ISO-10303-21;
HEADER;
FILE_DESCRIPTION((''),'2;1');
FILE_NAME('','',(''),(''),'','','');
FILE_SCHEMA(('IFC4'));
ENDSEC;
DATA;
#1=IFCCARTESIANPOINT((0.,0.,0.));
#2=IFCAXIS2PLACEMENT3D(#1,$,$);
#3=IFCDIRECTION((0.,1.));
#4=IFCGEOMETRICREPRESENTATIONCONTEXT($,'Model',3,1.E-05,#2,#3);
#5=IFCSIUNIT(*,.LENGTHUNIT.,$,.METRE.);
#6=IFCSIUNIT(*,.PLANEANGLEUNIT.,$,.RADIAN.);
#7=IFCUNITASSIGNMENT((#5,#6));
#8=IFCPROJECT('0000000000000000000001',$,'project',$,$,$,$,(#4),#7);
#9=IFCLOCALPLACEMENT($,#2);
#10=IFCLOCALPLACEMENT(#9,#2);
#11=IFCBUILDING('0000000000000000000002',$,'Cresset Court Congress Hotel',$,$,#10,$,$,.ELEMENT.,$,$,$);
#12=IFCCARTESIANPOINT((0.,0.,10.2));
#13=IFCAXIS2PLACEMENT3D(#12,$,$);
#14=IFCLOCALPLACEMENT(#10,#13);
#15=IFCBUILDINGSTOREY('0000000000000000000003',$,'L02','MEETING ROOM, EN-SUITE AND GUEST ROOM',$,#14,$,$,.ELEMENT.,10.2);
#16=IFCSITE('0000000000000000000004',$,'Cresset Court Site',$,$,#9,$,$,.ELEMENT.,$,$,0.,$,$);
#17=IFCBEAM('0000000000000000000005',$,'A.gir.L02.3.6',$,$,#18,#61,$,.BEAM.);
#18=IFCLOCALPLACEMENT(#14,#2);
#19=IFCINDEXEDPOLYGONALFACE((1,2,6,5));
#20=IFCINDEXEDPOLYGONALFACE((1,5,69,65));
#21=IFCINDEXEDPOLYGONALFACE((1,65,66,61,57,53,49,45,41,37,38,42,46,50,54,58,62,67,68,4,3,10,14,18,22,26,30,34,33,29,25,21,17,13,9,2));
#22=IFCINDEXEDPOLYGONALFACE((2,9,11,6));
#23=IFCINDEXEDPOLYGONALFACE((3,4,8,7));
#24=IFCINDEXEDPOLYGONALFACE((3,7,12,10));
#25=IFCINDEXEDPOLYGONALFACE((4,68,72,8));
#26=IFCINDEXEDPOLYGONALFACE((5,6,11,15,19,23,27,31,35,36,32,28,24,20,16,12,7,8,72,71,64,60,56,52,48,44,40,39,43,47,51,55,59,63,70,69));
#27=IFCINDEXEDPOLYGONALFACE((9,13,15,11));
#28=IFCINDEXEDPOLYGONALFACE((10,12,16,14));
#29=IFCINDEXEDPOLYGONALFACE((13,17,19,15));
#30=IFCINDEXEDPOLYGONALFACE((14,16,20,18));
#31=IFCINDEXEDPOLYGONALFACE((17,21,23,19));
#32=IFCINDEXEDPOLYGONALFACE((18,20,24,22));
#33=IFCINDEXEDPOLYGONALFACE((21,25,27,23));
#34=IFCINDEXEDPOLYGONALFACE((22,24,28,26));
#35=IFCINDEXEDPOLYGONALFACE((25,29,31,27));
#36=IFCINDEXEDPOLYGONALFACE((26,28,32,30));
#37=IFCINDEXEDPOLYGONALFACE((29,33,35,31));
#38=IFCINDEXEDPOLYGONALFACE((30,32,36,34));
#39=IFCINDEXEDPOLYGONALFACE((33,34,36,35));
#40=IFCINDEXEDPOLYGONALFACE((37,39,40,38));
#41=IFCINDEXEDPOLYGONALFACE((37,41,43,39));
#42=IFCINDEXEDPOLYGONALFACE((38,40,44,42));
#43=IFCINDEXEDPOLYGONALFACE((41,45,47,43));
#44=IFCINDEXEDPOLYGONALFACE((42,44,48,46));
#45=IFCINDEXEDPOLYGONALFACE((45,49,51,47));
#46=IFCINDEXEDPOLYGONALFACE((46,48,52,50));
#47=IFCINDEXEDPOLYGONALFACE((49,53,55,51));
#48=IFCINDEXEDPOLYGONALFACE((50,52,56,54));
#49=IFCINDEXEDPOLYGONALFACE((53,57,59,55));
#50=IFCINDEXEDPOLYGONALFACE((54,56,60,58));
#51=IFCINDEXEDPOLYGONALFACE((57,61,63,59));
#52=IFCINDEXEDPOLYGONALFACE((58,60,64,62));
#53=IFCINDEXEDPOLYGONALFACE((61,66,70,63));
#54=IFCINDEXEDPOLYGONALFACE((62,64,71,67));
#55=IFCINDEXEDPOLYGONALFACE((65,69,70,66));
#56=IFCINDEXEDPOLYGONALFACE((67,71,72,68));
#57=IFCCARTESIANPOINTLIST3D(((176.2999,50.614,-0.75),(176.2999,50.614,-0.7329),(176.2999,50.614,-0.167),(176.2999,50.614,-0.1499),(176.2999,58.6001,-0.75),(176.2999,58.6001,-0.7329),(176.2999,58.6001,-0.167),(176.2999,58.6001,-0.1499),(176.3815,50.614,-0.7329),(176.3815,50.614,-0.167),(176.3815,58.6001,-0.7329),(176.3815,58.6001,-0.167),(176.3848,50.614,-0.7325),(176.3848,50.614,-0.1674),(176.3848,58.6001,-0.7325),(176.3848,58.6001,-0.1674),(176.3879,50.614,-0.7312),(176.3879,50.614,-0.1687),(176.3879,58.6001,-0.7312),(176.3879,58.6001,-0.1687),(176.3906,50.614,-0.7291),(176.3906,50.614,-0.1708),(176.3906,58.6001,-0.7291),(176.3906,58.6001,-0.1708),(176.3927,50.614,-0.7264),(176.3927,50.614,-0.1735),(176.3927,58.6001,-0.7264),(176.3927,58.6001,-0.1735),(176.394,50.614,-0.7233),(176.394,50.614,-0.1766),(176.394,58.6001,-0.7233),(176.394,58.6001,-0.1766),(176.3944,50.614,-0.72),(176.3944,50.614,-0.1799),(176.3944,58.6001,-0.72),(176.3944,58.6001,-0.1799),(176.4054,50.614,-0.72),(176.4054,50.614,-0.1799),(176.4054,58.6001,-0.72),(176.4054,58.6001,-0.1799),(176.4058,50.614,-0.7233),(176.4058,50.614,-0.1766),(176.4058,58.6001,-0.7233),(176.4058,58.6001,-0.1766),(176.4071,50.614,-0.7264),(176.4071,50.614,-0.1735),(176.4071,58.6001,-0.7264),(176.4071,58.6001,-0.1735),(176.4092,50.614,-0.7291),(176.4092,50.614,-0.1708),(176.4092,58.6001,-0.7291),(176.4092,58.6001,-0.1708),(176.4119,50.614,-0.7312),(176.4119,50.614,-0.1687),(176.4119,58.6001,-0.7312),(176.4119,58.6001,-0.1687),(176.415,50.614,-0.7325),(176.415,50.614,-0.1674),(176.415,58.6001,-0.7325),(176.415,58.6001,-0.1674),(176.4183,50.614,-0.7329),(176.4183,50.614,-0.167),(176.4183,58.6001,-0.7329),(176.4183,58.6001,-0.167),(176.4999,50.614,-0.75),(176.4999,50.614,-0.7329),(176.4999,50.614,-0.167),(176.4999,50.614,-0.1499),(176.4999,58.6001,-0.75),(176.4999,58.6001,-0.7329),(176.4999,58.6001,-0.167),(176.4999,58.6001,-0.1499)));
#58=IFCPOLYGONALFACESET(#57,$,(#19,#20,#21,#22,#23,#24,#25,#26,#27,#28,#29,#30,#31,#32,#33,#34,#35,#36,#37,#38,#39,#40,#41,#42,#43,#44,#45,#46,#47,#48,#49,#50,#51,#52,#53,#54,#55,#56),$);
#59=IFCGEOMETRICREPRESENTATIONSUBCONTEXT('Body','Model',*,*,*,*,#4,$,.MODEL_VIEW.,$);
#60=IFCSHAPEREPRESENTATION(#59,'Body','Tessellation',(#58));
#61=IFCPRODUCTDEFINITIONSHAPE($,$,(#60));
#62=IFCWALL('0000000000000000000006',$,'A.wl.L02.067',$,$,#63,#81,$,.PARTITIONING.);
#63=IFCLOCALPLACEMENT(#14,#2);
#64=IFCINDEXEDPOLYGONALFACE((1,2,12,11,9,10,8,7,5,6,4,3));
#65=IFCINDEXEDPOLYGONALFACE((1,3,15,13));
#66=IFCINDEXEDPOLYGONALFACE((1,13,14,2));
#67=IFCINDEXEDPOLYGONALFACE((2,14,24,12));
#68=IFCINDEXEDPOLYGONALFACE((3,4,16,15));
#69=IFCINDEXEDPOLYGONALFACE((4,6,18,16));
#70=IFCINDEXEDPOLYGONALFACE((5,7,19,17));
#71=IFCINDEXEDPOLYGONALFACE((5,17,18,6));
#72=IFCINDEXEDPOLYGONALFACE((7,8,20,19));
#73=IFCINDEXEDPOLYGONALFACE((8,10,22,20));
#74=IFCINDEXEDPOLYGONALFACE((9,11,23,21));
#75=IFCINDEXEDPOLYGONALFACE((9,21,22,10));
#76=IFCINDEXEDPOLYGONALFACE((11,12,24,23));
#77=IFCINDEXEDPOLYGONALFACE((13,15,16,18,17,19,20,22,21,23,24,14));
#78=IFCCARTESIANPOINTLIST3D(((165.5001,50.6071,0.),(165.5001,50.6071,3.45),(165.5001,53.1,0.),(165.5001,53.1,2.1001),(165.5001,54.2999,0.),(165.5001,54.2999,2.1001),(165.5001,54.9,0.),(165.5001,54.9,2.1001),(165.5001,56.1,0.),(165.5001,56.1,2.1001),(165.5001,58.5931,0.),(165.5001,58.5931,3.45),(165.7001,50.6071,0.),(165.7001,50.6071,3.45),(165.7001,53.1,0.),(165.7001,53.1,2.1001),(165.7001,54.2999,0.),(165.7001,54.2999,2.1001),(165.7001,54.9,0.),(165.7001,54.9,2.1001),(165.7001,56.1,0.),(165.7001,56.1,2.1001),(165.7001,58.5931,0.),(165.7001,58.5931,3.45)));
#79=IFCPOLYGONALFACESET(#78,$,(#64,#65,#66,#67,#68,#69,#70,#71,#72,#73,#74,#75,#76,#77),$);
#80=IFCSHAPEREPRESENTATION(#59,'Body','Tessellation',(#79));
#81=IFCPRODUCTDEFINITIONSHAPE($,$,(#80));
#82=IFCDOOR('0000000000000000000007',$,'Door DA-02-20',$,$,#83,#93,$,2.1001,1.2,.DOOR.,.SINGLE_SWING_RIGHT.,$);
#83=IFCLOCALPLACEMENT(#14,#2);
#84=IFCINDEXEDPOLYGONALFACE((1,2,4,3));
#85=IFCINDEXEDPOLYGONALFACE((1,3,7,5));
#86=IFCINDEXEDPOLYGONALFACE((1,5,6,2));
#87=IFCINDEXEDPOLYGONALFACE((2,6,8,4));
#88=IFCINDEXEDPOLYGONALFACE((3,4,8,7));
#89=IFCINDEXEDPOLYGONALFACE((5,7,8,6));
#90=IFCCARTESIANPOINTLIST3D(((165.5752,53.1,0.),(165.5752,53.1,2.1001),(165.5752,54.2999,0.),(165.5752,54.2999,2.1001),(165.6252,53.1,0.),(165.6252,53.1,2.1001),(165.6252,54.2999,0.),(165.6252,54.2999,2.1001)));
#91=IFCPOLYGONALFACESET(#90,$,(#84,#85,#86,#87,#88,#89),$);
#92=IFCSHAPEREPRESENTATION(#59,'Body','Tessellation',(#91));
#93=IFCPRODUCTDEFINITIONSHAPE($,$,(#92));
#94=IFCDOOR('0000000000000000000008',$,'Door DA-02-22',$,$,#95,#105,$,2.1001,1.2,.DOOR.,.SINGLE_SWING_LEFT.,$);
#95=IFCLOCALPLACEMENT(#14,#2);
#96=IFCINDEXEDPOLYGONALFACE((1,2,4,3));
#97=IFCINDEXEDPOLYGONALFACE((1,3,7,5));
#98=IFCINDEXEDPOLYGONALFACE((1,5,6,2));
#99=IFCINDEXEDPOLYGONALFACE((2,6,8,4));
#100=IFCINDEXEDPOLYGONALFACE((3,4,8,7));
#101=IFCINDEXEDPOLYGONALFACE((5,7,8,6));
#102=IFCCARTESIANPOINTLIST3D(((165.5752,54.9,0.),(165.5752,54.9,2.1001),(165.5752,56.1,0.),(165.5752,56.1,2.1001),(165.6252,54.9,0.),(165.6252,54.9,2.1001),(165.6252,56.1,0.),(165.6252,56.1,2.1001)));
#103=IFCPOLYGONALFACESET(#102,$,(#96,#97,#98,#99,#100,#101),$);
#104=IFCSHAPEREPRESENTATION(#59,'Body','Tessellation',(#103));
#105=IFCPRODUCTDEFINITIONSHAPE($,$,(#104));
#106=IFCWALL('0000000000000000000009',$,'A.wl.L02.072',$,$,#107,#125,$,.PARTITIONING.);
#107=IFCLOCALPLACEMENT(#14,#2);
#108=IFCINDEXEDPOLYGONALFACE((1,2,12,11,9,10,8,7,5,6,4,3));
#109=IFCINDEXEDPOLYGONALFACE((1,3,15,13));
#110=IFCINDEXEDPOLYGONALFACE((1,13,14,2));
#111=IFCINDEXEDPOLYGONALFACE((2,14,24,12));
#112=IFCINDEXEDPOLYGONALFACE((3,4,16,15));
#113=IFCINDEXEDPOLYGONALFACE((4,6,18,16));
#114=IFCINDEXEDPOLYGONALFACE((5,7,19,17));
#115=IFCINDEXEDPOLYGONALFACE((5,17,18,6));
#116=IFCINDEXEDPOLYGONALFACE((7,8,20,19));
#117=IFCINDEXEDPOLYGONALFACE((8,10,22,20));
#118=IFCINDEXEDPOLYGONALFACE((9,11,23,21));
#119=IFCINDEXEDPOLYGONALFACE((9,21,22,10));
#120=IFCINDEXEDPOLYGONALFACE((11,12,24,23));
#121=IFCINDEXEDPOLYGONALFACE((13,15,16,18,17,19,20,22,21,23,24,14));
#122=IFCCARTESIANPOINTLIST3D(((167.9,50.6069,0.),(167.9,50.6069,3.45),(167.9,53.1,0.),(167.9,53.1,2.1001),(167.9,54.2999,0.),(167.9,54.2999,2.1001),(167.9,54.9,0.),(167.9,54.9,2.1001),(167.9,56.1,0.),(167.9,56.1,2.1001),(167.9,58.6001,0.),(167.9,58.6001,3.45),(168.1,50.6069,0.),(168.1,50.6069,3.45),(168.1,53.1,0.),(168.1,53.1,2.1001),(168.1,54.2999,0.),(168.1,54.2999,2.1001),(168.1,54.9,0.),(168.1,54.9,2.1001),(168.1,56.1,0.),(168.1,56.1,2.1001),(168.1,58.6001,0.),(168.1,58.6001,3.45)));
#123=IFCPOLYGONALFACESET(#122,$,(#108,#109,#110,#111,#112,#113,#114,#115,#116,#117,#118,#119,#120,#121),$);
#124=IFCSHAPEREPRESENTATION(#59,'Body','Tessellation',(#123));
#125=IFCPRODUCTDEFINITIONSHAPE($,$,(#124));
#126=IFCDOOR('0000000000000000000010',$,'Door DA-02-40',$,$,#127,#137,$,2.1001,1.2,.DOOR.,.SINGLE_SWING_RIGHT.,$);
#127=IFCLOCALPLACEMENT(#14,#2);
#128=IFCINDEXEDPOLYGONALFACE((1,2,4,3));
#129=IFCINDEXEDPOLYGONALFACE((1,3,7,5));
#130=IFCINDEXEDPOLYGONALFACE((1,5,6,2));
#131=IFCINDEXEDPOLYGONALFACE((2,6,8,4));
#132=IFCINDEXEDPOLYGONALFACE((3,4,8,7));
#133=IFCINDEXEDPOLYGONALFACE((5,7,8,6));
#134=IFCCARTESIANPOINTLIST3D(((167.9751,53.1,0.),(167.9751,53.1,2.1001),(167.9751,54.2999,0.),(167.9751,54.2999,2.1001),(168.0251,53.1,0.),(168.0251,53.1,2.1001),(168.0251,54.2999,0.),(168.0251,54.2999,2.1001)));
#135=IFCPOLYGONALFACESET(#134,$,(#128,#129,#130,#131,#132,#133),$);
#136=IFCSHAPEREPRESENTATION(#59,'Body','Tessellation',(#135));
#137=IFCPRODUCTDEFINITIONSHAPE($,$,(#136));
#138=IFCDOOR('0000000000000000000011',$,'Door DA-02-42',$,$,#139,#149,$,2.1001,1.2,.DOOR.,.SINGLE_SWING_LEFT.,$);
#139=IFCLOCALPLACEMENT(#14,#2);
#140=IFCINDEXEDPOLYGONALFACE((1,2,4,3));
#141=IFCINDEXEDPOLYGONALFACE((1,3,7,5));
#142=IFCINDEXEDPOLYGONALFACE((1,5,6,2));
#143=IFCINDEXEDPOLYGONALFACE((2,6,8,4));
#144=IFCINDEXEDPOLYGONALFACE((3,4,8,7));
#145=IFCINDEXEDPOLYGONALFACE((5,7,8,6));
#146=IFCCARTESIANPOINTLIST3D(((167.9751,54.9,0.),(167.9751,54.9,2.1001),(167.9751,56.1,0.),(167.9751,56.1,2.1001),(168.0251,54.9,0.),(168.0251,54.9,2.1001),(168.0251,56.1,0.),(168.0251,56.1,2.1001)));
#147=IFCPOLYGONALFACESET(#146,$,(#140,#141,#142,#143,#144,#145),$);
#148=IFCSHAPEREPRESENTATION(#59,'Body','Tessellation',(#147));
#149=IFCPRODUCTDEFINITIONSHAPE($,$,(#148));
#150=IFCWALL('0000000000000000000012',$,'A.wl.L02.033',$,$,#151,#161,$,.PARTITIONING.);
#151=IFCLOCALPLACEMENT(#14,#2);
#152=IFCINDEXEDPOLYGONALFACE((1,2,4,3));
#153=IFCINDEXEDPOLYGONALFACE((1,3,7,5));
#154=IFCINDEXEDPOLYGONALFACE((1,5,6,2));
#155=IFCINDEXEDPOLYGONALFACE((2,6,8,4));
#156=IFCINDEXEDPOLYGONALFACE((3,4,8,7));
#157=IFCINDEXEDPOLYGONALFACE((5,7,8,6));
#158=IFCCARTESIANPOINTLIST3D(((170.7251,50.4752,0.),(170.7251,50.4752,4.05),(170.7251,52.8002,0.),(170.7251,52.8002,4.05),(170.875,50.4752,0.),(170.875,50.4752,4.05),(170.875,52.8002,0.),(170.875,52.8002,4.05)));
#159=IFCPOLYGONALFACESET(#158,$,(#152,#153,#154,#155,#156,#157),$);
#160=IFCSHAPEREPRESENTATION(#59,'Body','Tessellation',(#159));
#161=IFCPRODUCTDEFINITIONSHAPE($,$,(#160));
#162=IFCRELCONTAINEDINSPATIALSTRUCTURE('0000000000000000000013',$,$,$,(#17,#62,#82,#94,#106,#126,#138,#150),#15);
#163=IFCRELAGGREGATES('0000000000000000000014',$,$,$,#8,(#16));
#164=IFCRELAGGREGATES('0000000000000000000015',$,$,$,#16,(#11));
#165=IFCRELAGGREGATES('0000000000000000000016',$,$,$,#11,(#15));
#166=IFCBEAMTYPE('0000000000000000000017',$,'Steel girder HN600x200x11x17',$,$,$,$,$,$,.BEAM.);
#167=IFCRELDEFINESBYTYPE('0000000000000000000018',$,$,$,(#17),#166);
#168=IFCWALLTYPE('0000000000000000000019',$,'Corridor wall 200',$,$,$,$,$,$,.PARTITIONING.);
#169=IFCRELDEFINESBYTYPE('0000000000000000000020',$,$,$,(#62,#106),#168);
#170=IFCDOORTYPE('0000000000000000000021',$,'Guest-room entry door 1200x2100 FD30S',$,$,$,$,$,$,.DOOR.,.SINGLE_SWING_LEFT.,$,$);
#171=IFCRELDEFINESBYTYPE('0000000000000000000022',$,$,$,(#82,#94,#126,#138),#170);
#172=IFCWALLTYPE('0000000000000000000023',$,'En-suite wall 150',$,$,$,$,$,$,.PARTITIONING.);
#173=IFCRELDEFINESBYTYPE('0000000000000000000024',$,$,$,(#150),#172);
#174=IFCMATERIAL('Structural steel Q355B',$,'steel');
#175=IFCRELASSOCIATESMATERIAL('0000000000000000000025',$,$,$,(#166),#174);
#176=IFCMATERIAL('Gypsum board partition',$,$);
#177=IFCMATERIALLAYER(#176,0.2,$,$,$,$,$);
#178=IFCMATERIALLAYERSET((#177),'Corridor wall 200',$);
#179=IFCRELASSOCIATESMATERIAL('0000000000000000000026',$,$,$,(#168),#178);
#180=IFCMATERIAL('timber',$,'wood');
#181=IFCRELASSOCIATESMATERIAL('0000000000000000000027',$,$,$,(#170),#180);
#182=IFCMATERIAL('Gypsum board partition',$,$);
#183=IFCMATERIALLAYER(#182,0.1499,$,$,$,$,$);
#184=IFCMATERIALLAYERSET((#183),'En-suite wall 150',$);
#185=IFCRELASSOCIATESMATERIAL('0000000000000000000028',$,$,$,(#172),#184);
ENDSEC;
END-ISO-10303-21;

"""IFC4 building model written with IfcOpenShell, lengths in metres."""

from ifc_helpers import new_model, si_unit, direction, frame, frame_2d, origin, origin_2d, place, context, subcontext, project, spatial, rectangle, i_section, extrude, material, layer, layer_set, material_profile, profile_set, type_object, element, fill, save


model = new_model("IFC4")

# Units and contexts
model_context = context("Model", 3, precision=1e-05, world=origin(), true_north=direction((0.0, 1.0)))
body_context = subcontext(model_context, "Body", "Model", "MODEL_VIEW")
ifc_project = project(units=[si_unit("LENGTHUNIT", "METRE"), si_unit("PLANEANGLEUNIT", "RADIAN")], contexts=[model_context])

# Site, building, storey
site_placement = place(None, origin())
site = spatial("IfcSite", under=ifc_project, at=site_placement, Name="Cresset Court Site", CompositionType="ELEMENT", RefElevation=0.0)
building_placement = place(site_placement, origin())
building = spatial("IfcBuilding", under=site, at=building_placement, Name="Cresset Court Congress Hotel", CompositionType="ELEMENT")
storey_placement = place(building_placement, frame((0.0, 0.0, 10.2)))
storey = spatial("IfcBuildingStorey", under=building, at=storey_placement, Name="L02", Description="MEETING ROOM, EN-SUITE AND GUEST ROOM", CompositionType="ELEMENT", Elevation=10.2)

# Beam
ifc_material_1 = material(Name="Structural steel Q355B", Category="steel")
ifc_material_profile_1 = material_profile(ifc_material_1, i_section(OverallWidth=0.2, OverallDepth=0.6001, WebThickness=0.011, FlangeThickness=0.0171, FilletRadius=0.0129, at=origin_2d()), Name="HN600x200x11x17")
ifc_profile_set_1 = profile_set([ifc_material_profile_1], Name="Structural steel Q355B")
beam_type_1 = type_object("IfcBeamType", Name="Steel girder HN600x200x11x17", PredefinedType="BEAM", material=ifc_profile_set_1)
for number, where, z_axis, x_axis, name in (
    (1, (176.3999, 50.614, -0.45), (0.0, 1.0, 0.0), (-1.0, 0.0, 0.0), "A.gir.L02.3.6"),
):
    element("IfcBeam", number, at=place(storey_placement, frame(where, z_axis=z_axis, x_axis=x_axis)), inside=storey, type_object=beam_type_1, Name=name, PredefinedType="BEAM", context=body_context, shape_type="SweptSolid", body=[
        extrude(i_section(OverallWidth=0.2, OverallDepth=0.6001, WebThickness=0.011, FlangeThickness=0.0171, FilletRadius=0.0129, at=origin_2d()), origin(), (0.0, 0.0, 1.0), 7.9861),
    ])

# Walls, openings, doors
ifc_material_2 = material(Name="Gypsum board partition")
ifc_layer_1 = layer(ifc_material_2, 0.2)
ifc_layer_set_1 = layer_set([ifc_layer_1], Name="Corridor wall 200")
wall_type_1 = type_object("IfcWallType", Name="Corridor wall 200", PredefinedType="PARTITIONING", material=ifc_layer_set_1)
wall_1_placement = place(storey_placement, frame((165.6001, 50.6069, 0.0), z_axis=(0.0, 0.0, 1.0), x_axis=(0.0, 1.0, 0.0)))
wall_1 = element("IfcWall", 2, at=wall_1_placement, inside=storey, type_object=wall_type_1, Name="A.wl.L02.067", PredefinedType="PARTITIONING", context=body_context, shape_type="SweptSolid", body=[
    extrude(rectangle(XDim=7.9861, YDim=0.2, at=frame_2d((3.9932, 0.0))), origin(), (0.0, 0.0, 1.0), 3.45),
])
opening_1_placement = place(wall_1_placement, frame((2.4929, 0.0, 0.0)))
opening_1 = element("IfcOpeningElement", 3, at=opening_1_placement, cuts=wall_1, PredefinedType="OPENING", context=body_context, shape_type="SweptSolid", body=[
    extrude(rectangle(XDim=1.2, YDim=2.1001, at=frame_2d((0.6001, 1.05))), frame((0.0, 0.1099, 0.0), z_axis=(0.0, -1.0, 0.0), x_axis=(1.0, 0.0, 0.0)), (0.0, 0.0, 1.0), 0.22),
])
opening_2_placement = place(wall_1_placement, frame((4.293, 0.0, 0.0)))
opening_2 = element("IfcOpeningElement", 4, at=opening_2_placement, cuts=wall_1, PredefinedType="OPENING", context=body_context, shape_type="SweptSolid", body=[
    extrude(rectangle(XDim=1.2, YDim=2.1001, at=frame_2d((0.6001, 1.05))), frame((0.0, 0.1099, 0.0), z_axis=(0.0, -1.0, 0.0), x_axis=(1.0, 0.0, 0.0)), (0.0, 0.0, 1.0), 0.22),
])
ifc_material_3 = material(Name="timber", Category="wood")
door_type_1 = type_object("IfcDoorType", Name="Guest-room entry door 1200x2100 FD30S", OperationType="SINGLE_SWING_LEFT", PredefinedType="DOOR", material=ifc_material_3)
door_1_placement = place(opening_1_placement, origin())
door_1 = element("IfcDoor", 5, at=door_1_placement, inside=storey, type_object=door_type_1, Name="Door DA-02-20", OperationType="SINGLE_SWING_RIGHT", OverallHeight=2.1001, OverallWidth=1.2, PredefinedType="DOOR", context=body_context, shape_type="SweptSolid", body=[
    extrude(rectangle(XDim=1.2, YDim=2.1001, at=frame_2d((0.6001, 1.05))), frame((0.0, 0.0249, 0.0), z_axis=(0.0, -1.0, 0.0), x_axis=(1.0, 0.0, 0.0)), (0.0, 0.0, 1.0), 0.05),
])
fill(opening_1, door_1)
door_2_placement = place(opening_2_placement, origin())
door_2 = element("IfcDoor", 6, at=door_2_placement, inside=storey, type_object=door_type_1, Name="Door DA-02-22", OperationType="SINGLE_SWING_LEFT", OverallHeight=2.1001, OverallWidth=1.2, PredefinedType="DOOR", context=body_context, shape_type="SweptSolid", body=[
    extrude(rectangle(XDim=1.2, YDim=2.1001, at=frame_2d((0.6001, 1.05))), frame((0.0, 0.0249, 0.0), z_axis=(0.0, -1.0, 0.0), x_axis=(1.0, 0.0, 0.0)), (0.0, 0.0, 1.0), 0.05),
])
fill(opening_2, door_2)
wall_2_placement = place(storey_placement, frame((168.0, 50.6069, 0.0), z_axis=(0.0, 0.0, 1.0), x_axis=(0.0, 1.0, 0.0)))
wall_2 = element("IfcWall", 7, at=wall_2_placement, inside=storey, type_object=wall_type_1, Name="A.wl.L02.072", PredefinedType="PARTITIONING", context=body_context, shape_type="SweptSolid", body=[
    extrude(rectangle(XDim=7.9932, YDim=0.2, at=frame_2d((3.9966, 0.0))), origin(), (0.0, 0.0, 1.0), 3.45),
])
opening_3_placement = place(wall_2_placement, frame((2.4929, 0.0, 0.0)))
opening_3 = element("IfcOpeningElement", 8, at=opening_3_placement, cuts=wall_2, PredefinedType="OPENING", context=body_context, shape_type="SweptSolid", body=[
    extrude(rectangle(XDim=1.2, YDim=2.1001, at=frame_2d((0.6001, 1.05))), frame((0.0, 0.1099, 0.0), z_axis=(0.0, -1.0, 0.0), x_axis=(1.0, 0.0, 0.0)), (0.0, 0.0, 1.0), 0.22),
])
opening_4_placement = place(wall_2_placement, frame((4.293, 0.0, 0.0)))
opening_4 = element("IfcOpeningElement", 9, at=opening_4_placement, cuts=wall_2, PredefinedType="OPENING", context=body_context, shape_type="SweptSolid", body=[
    extrude(rectangle(XDim=1.2, YDim=2.1001, at=frame_2d((0.6001, 1.05))), frame((0.0, 0.1099, 0.0), z_axis=(0.0, -1.0, 0.0), x_axis=(1.0, 0.0, 0.0)), (0.0, 0.0, 1.0), 0.22),
])
door_3_placement = place(opening_3_placement, origin())
door_3 = element("IfcDoor", 10, at=door_3_placement, inside=storey, type_object=door_type_1, Name="Door DA-02-40", OperationType="SINGLE_SWING_RIGHT", OverallHeight=2.1001, OverallWidth=1.2, PredefinedType="DOOR", context=body_context, shape_type="SweptSolid", body=[
    extrude(rectangle(XDim=1.2, YDim=2.1001, at=frame_2d((0.6001, 1.05))), frame((0.0, 0.0249, 0.0), z_axis=(0.0, -1.0, 0.0), x_axis=(1.0, 0.0, 0.0)), (0.0, 0.0, 1.0), 0.05),
])
fill(opening_3, door_3)
door_4_placement = place(opening_4_placement, origin())
door_4 = element("IfcDoor", 11, at=door_4_placement, inside=storey, type_object=door_type_1, Name="Door DA-02-42", OperationType="SINGLE_SWING_LEFT", OverallHeight=2.1001, OverallWidth=1.2, PredefinedType="DOOR", context=body_context, shape_type="SweptSolid", body=[
    extrude(rectangle(XDim=1.2, YDim=2.1001, at=frame_2d((0.6001, 1.05))), frame((0.0, 0.0249, 0.0), z_axis=(0.0, -1.0, 0.0), x_axis=(1.0, 0.0, 0.0)), (0.0, 0.0, 1.0), 0.05),
])
fill(opening_4, door_4)

# Wall
ifc_material_4 = material(Name="Gypsum board partition")
ifc_layer_2 = layer(ifc_material_4, 0.1499)
ifc_layer_set_2 = layer_set([ifc_layer_2], Name="En-suite wall 150")
wall_type_2 = type_object("IfcWallType", Name="En-suite wall 150", PredefinedType="PARTITIONING", material=ifc_layer_set_2)
wall_3_placement = place(storey_placement, frame((170.8, 50.4751, 0.0), z_axis=(0.0, 0.0, 1.0), x_axis=(0.0, 1.0, 0.0)))
element("IfcWall", 12, at=wall_3_placement, inside=storey, type_object=wall_type_2, Name="A.wl.L02.033", PredefinedType="PARTITIONING", context=body_context, shape_type="SweptSolid", body=[
    extrude(rectangle(XDim=2.325, YDim=0.1499, at=frame_2d((1.1626, 0.0))), origin(), (0.0, 0.0, 1.0), 4.05),
])

save(model, "model.ifc")
